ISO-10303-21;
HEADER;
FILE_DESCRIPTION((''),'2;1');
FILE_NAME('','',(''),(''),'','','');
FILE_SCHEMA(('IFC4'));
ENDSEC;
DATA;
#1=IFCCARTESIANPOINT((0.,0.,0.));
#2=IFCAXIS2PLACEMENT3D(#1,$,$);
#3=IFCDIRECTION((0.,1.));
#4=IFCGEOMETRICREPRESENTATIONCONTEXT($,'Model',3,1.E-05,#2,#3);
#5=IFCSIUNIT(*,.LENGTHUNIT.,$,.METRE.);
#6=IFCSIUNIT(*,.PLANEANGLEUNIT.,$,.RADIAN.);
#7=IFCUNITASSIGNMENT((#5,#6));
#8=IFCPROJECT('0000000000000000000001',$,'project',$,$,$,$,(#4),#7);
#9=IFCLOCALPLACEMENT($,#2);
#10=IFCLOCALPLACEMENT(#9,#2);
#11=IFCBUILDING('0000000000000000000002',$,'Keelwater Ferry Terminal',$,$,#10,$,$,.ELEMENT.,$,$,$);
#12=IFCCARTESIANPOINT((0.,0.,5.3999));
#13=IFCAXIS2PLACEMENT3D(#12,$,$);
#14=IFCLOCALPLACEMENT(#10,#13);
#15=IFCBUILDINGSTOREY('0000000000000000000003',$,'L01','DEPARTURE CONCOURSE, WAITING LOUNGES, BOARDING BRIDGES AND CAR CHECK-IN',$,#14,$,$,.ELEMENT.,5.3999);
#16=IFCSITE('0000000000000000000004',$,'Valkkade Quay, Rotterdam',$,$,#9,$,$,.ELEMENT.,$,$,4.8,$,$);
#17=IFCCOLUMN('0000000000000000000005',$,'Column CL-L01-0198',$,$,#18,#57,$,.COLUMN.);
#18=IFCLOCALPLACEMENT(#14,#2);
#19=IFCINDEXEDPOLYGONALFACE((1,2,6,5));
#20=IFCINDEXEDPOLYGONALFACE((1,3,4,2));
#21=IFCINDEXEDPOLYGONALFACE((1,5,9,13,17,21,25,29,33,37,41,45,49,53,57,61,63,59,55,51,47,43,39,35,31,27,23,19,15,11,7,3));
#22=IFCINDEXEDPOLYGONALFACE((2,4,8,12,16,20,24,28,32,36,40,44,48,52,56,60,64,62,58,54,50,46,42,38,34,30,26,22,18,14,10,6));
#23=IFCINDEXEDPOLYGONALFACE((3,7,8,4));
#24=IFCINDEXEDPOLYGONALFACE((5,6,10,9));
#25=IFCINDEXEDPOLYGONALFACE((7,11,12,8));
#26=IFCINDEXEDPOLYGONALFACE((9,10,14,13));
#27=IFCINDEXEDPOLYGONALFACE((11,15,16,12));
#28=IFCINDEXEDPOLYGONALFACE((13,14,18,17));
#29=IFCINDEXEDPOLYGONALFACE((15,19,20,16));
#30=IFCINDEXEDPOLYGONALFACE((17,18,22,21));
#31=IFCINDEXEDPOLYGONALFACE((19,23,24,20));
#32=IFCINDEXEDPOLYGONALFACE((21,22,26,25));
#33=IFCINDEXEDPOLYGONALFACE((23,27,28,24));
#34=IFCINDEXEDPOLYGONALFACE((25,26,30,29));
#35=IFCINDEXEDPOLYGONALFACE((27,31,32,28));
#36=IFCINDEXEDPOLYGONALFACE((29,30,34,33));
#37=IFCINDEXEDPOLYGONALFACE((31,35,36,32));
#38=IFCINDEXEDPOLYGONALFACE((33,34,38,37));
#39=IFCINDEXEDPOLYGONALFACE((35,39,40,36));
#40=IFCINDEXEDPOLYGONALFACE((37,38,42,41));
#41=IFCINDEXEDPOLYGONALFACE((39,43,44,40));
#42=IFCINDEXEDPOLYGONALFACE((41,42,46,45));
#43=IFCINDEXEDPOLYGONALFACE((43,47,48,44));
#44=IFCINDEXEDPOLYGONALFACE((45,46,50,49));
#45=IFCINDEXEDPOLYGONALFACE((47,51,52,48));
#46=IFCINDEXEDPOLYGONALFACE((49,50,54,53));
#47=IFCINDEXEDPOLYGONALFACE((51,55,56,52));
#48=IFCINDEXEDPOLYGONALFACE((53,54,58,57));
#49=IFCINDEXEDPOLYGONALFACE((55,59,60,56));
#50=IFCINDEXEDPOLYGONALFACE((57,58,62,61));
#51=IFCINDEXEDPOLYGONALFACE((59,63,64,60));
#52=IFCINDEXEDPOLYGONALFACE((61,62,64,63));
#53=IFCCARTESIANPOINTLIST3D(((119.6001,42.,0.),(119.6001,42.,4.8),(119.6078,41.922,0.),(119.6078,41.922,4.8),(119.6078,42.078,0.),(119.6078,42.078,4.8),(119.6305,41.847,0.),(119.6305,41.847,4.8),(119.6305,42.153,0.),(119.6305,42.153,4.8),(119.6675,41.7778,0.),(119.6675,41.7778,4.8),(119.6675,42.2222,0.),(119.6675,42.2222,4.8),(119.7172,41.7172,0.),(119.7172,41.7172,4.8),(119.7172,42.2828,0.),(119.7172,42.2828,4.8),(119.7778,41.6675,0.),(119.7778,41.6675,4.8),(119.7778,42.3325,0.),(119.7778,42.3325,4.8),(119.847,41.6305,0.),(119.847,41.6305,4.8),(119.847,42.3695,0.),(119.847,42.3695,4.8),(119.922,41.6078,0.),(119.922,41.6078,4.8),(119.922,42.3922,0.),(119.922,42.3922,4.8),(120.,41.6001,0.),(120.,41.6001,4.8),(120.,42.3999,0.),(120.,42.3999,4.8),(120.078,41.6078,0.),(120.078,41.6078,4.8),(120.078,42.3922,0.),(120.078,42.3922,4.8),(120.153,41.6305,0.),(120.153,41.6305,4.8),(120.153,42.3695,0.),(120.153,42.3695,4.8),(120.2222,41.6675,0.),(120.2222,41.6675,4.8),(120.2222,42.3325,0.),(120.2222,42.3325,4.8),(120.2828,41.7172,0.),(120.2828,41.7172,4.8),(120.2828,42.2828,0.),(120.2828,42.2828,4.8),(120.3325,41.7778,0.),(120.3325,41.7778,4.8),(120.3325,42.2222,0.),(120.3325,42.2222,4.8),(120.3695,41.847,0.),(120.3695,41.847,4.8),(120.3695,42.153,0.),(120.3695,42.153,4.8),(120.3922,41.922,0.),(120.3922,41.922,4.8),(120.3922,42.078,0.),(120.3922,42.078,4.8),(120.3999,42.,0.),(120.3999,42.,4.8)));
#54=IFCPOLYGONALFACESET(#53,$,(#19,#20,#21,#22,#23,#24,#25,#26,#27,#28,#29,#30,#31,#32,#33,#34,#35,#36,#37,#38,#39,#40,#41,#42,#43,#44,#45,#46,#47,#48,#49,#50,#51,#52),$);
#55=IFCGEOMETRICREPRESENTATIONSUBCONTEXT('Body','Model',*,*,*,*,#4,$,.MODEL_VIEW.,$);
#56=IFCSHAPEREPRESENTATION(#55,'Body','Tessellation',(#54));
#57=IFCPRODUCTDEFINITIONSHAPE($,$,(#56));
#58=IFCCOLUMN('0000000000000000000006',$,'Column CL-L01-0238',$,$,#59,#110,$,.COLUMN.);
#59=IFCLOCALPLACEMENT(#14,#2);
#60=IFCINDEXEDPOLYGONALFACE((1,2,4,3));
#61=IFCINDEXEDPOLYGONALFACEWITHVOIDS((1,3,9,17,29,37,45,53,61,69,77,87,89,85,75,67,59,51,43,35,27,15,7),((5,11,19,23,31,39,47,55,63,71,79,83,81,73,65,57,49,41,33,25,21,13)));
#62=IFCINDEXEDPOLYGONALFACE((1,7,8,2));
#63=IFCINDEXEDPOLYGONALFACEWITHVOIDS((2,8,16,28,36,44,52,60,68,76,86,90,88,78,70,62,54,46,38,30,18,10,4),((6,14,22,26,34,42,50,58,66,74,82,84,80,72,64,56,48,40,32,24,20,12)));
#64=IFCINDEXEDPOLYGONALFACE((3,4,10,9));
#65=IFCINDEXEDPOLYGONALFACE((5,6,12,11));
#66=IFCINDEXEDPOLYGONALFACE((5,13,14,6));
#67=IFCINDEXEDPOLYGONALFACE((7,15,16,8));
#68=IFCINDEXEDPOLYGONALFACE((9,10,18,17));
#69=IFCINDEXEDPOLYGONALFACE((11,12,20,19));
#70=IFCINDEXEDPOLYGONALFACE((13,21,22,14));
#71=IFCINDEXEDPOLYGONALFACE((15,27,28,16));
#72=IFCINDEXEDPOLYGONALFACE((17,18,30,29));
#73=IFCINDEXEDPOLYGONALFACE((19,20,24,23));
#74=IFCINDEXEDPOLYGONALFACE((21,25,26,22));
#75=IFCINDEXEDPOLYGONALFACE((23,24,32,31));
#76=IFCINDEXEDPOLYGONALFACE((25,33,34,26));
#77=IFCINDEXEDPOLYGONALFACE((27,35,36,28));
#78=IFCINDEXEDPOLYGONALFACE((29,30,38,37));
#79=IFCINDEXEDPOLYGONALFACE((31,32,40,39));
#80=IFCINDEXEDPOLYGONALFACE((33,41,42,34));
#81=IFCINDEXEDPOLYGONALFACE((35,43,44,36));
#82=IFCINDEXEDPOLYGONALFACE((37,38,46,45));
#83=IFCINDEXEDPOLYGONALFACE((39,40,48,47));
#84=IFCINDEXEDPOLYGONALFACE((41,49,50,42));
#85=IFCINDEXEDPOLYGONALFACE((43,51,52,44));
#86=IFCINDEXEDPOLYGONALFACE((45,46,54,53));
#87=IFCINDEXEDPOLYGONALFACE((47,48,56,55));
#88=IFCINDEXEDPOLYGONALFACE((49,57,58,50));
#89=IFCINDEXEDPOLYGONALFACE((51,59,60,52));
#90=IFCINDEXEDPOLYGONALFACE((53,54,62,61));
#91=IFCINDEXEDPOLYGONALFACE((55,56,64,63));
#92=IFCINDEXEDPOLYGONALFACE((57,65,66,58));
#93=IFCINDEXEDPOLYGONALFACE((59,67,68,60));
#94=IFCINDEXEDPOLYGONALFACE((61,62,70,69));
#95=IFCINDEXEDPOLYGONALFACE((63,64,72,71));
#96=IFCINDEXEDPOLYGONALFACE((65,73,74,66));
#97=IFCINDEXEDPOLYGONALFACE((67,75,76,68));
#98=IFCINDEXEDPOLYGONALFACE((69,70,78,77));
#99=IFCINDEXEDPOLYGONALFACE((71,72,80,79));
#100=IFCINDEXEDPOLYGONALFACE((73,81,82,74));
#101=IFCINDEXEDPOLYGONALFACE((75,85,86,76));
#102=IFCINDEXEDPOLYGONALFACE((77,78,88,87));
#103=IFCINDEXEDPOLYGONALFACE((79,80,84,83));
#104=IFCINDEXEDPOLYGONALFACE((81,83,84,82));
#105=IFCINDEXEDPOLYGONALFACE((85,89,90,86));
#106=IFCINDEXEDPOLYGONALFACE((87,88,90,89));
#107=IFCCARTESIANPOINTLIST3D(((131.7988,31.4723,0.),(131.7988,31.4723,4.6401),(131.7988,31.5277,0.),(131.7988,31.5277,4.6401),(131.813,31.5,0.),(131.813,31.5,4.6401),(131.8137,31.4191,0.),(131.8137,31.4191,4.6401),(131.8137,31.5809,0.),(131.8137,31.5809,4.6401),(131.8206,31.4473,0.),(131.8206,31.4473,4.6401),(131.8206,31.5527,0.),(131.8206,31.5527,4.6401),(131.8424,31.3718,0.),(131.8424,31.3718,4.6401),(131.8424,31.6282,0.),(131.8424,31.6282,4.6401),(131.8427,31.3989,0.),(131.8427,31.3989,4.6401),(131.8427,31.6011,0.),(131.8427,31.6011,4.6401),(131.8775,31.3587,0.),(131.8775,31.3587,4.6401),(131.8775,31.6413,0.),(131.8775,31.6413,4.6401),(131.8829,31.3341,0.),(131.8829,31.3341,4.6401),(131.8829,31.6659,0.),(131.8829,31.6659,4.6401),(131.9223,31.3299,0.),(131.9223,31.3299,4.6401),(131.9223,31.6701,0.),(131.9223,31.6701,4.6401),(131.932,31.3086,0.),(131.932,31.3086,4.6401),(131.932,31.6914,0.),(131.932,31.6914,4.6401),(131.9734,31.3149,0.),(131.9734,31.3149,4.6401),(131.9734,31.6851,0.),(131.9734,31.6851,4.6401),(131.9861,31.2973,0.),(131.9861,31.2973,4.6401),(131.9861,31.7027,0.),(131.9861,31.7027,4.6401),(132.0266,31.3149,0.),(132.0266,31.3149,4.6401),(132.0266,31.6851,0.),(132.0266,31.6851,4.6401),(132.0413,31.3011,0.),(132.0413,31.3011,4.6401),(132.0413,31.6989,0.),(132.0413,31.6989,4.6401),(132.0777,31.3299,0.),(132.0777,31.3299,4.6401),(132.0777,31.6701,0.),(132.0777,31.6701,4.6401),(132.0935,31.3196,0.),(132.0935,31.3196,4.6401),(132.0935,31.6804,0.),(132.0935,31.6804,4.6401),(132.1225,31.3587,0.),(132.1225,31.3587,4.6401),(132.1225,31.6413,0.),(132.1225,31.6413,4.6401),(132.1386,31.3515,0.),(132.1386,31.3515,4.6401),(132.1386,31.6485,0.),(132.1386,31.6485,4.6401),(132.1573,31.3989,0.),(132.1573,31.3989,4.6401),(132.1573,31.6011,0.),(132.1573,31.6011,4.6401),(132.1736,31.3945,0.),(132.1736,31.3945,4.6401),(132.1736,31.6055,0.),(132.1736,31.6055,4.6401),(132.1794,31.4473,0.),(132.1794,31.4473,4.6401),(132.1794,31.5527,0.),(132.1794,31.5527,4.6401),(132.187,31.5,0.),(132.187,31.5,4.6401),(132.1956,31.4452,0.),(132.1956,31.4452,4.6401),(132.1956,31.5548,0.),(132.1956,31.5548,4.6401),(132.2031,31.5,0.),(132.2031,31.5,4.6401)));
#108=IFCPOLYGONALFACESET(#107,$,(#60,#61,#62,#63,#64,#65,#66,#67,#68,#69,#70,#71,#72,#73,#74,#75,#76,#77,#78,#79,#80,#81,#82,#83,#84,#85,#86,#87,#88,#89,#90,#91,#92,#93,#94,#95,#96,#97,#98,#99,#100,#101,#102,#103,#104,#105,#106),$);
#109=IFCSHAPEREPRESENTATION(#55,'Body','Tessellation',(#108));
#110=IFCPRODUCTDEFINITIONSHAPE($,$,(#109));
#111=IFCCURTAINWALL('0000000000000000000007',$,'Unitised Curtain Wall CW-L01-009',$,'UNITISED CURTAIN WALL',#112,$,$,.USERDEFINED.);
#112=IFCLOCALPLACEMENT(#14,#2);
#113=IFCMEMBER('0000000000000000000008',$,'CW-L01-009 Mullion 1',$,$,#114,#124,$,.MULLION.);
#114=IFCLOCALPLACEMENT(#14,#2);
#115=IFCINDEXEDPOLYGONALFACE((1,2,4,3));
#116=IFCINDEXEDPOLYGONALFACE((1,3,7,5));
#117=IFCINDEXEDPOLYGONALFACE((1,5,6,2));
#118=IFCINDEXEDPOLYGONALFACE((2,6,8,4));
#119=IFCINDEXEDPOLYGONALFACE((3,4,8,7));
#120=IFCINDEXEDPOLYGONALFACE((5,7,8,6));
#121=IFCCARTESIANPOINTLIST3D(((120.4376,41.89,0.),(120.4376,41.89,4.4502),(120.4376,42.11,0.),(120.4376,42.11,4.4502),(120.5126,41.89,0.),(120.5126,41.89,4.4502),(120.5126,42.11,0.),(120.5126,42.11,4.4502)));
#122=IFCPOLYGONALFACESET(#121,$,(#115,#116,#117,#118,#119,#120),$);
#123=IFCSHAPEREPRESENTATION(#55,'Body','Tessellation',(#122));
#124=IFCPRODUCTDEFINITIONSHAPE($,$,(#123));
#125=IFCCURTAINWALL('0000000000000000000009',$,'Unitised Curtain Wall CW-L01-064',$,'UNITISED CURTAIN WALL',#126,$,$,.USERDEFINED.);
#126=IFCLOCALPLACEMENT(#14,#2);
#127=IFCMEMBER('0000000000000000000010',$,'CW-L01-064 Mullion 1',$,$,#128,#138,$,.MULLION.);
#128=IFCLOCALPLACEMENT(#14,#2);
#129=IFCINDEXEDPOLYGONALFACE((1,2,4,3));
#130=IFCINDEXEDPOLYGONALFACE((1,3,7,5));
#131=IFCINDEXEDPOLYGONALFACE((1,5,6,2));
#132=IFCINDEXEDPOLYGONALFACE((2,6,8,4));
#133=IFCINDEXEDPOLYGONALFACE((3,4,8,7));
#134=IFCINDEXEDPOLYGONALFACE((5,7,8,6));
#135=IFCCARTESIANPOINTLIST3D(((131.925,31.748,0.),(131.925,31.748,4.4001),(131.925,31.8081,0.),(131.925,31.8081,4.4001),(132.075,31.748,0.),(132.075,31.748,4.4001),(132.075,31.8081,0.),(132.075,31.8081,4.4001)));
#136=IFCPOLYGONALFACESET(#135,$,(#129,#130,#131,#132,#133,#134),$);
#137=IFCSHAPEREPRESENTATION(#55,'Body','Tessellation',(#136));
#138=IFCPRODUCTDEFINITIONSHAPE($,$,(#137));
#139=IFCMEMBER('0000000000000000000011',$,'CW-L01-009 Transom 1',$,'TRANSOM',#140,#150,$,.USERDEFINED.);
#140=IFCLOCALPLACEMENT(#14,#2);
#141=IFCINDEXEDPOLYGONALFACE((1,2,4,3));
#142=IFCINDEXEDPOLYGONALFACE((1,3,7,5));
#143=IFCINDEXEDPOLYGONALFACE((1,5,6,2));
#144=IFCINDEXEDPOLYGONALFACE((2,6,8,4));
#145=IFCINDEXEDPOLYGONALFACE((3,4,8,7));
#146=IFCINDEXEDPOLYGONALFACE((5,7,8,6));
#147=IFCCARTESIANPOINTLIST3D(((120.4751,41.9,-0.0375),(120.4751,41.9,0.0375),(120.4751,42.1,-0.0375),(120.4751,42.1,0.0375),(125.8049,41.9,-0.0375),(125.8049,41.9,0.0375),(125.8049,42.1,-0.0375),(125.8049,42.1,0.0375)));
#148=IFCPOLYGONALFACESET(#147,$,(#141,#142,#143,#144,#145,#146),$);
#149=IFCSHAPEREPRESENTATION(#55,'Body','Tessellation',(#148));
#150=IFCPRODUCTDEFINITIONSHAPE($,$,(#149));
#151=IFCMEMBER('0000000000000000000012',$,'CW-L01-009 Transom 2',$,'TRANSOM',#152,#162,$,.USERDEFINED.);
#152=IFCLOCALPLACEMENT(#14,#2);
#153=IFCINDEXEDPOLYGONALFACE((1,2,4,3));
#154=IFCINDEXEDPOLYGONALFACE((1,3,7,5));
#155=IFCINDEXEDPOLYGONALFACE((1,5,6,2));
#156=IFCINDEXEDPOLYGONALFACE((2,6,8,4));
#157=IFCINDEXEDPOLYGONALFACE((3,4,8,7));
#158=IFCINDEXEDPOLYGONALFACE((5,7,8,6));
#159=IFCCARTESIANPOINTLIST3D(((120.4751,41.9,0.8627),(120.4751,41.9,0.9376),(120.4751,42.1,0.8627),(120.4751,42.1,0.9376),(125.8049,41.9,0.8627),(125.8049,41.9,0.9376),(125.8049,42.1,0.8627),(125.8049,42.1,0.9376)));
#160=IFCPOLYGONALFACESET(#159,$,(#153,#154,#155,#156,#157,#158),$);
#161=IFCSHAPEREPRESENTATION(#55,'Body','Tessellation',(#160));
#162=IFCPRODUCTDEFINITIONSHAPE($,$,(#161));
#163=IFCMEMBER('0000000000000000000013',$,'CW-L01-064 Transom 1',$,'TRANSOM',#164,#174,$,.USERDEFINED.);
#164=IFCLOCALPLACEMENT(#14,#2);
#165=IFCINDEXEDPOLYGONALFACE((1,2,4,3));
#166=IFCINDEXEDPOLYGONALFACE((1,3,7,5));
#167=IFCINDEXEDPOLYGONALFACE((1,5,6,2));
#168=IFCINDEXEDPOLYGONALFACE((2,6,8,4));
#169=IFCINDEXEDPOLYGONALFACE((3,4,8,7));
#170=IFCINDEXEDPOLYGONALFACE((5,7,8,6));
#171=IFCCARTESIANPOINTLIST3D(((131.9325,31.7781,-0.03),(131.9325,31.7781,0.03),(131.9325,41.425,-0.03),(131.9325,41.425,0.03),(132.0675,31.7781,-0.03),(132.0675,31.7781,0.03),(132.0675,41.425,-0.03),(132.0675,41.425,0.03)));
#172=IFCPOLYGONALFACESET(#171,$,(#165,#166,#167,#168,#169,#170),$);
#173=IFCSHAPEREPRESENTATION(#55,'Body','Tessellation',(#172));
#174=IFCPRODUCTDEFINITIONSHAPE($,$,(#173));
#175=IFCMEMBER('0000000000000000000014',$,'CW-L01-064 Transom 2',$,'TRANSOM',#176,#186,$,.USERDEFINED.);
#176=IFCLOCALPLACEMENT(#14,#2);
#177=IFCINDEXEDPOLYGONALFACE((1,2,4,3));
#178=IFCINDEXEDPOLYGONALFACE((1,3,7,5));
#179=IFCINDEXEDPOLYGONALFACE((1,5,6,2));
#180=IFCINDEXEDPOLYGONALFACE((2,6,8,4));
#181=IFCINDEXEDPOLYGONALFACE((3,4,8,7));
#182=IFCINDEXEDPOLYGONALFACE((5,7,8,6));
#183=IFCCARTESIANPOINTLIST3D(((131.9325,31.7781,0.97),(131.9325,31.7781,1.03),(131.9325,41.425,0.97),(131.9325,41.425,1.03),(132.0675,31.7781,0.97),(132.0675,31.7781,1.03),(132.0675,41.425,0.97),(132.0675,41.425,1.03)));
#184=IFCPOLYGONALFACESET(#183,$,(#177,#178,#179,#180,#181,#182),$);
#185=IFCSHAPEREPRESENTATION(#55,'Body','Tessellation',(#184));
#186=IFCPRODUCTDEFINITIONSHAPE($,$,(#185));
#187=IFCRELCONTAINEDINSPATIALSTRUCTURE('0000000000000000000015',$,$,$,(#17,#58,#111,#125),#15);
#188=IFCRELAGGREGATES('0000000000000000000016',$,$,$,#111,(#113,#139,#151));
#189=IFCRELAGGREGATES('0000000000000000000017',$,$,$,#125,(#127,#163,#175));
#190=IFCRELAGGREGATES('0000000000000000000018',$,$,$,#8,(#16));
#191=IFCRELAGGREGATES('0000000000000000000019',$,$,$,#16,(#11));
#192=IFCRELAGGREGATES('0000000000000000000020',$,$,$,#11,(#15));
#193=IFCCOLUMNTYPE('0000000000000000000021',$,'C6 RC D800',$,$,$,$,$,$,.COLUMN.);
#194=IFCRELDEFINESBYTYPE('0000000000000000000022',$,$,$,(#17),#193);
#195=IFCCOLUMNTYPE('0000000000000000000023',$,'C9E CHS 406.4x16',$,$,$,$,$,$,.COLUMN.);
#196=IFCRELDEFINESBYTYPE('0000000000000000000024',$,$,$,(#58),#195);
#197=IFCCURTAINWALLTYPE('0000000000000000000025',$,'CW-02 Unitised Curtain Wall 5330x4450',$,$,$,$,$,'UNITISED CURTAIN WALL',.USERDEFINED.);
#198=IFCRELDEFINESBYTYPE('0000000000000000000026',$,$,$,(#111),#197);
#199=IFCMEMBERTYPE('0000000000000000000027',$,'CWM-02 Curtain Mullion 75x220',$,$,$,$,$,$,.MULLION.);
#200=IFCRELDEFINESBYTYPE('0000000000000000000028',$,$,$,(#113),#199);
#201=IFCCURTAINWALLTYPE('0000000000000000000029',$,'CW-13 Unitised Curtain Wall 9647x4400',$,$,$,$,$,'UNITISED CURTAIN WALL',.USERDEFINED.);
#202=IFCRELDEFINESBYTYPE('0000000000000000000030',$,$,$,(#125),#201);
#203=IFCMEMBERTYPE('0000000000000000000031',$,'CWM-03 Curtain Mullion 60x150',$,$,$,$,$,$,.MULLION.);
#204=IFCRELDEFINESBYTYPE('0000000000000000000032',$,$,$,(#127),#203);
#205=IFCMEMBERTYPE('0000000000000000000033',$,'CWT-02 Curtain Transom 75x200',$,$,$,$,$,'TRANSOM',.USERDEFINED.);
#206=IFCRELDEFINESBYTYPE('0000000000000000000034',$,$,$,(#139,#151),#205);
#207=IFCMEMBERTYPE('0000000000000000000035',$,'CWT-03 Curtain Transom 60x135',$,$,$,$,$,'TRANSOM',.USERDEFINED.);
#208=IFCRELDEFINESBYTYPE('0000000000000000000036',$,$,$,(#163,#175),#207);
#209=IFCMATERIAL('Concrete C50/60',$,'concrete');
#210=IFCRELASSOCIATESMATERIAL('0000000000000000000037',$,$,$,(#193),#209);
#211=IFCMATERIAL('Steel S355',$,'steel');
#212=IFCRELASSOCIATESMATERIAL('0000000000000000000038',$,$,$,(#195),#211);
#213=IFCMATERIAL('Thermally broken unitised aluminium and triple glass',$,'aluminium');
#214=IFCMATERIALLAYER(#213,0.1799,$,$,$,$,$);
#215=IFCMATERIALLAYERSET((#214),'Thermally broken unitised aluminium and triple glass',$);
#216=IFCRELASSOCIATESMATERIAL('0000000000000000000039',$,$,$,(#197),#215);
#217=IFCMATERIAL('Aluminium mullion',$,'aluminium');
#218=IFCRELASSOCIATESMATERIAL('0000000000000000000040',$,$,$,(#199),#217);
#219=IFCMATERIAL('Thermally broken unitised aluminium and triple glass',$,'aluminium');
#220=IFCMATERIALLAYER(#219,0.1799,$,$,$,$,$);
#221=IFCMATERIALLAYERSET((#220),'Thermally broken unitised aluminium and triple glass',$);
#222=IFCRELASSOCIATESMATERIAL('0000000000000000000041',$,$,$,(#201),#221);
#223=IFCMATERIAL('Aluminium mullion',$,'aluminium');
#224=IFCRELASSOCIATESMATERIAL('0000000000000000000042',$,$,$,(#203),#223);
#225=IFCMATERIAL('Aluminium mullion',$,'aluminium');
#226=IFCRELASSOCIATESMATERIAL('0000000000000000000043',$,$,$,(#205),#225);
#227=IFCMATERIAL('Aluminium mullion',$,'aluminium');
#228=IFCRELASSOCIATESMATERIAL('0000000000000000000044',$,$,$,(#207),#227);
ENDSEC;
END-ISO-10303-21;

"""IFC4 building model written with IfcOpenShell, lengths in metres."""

from ifc_helpers import new_model, si_unit, direction, frame, origin, origin_2d, place, context, subcontext, project, spatial, rectangle, circle, hollow_circle, extrude, material, layer, layer_set, material_profile, profile_set, type_object, element, aggregate, save


model = new_model("IFC4")

# Units and contexts
model_context = context("Model", 3, precision=1e-05, world=origin(), true_north=direction((0.0, 1.0)))
body_context = subcontext(model_context, "Body", "Model", "MODEL_VIEW")
ifc_project = project(units=[si_unit("LENGTHUNIT", "METRE"), si_unit("PLANEANGLEUNIT", "RADIAN")], contexts=[model_context])

# Site, building, storey
site_placement = place(None, origin())
site = spatial("IfcSite", under=ifc_project, at=site_placement, Name="Valkkade Quay, Rotterdam", CompositionType="ELEMENT", RefElevation=4.8)
building_placement = place(site_placement, origin())
building = spatial("IfcBuilding", under=site, at=building_placement, Name="Keelwater Ferry Terminal", CompositionType="ELEMENT")
storey_placement = place(building_placement, frame((0.0, 0.0, 5.3999)))
storey = spatial("IfcBuildingStorey", under=building, at=storey_placement, Name="L01", Description="DEPARTURE CONCOURSE, WAITING LOUNGES, BOARDING BRIDGES AND CAR CHECK-IN", CompositionType="ELEMENT", Elevation=5.3999)

# Columns
ifc_material_1 = material(Name="Concrete C50/60", Category="concrete")
ifc_material_profile_1 = material_profile(ifc_material_1, circle(Radius=0.3999, at=origin_2d()), Name="RC D800")
ifc_profile_set_1 = profile_set([ifc_material_profile_1], Name="Concrete C50/60")
column_type_1 = type_object("IfcColumnType", Name="C6 RC D800", PredefinedType="COLUMN", material=ifc_profile_set_1)
column_1_placement = place(storey_placement, frame((120.0, 42.0, 0.0), z_axis=(0.0, 0.0, 1.0), x_axis=(1.0, 0.0, 0.0)))
element("IfcColumn", 1, at=column_1_placement, inside=storey, type_object=column_type_1, Name="Column CL-L01-0198", PredefinedType="COLUMN", context=body_context, shape_type="SweptSolid", body=[
    extrude(circle(Radius=0.3999, at=origin_2d()), origin(), (0.0, 0.0, 1.0), 4.8),
])
ifc_material_2 = material(Name="Steel S355", Category="steel")
ifc_material_profile_2 = material_profile(ifc_material_2, hollow_circle(Radius=0.2031, WallThickness=0.0161, at=origin_2d()), Name="CHS 406.4x16")
ifc_profile_set_2 = profile_set([ifc_material_profile_2], Name="Steel S355")
column_type_2 = type_object("IfcColumnType", Name="C9E CHS 406.4x16", PredefinedType="COLUMN", material=ifc_profile_set_2)
column_2_placement = place(storey_placement, frame((132.0, 31.5, 0.0), z_axis=(0.0, 0.0, 1.0), x_axis=(1.0, 0.0, 0.0)))
element("IfcColumn", 2, at=column_2_placement, inside=storey, type_object=column_type_2, Name="Column CL-L01-0238", PredefinedType="COLUMN", context=body_context, shape_type="SweptSolid", body=[
    extrude(hollow_circle(Radius=0.2031, WallThickness=0.0161, at=origin_2d()), origin(), (0.0, 0.0, 1.0), 4.6401),
])

# Curtain walls, members
ifc_material_3 = material(Name="Thermally broken unitised aluminium and triple glass", Category="aluminium")
ifc_layer_1 = layer(ifc_material_3, 0.1799)
ifc_layer_set_1 = layer_set([ifc_layer_1], Name="Thermally broken unitised aluminium and triple glass")
curtain_wall_type_1 = type_object("IfcCurtainWallType", Name="CW-02 Unitised Curtain Wall 5330x4450", ElementType="UNITISED CURTAIN WALL", PredefinedType="USERDEFINED", material=ifc_layer_set_1)
curtain_wall_1_placement = place(storey_placement, origin())
curtain_wall_1 = element("IfcCurtainWall", 3, at=curtain_wall_1_placement, inside=storey, type_object=curtain_wall_type_1, Name="Unitised Curtain Wall CW-L01-009", ObjectType="UNITISED CURTAIN WALL", PredefinedType="USERDEFINED")
ifc_material_4 = material(Name="Aluminium mullion", Category="aluminium")
ifc_material_profile_3 = material_profile(ifc_material_4, rectangle(XDim=0.075, YDim=0.22, at=origin_2d()), Name="CWM-02")
ifc_profile_set_3 = profile_set([ifc_material_profile_3], Name="Aluminium mullion")
member_type_1 = type_object("IfcMemberType", Name="CWM-02 Curtain Mullion 75x220", PredefinedType="MULLION", material=ifc_profile_set_3)
member_1_placement = place(storey_placement, frame((120.4751, 42.0, 0.0), z_axis=(0.0, 0.0, 1.0), x_axis=(1.0, 0.0, 0.0)))
member_1 = element("IfcMember", 4, at=member_1_placement, type_object=member_type_1, Name="CW-L01-009 Mullion 1", PredefinedType="MULLION", context=body_context, shape_type="SweptSolid", body=[
    extrude(rectangle(XDim=0.075, YDim=0.22, at=origin_2d()), origin(), (0.0, 0.0, 1.0), 4.4502),
])
ifc_material_5 = material(Name="Thermally broken unitised aluminium and triple glass", Category="aluminium")
ifc_layer_2 = layer(ifc_material_5, 0.1799)
ifc_layer_set_2 = layer_set([ifc_layer_2], Name="Thermally broken unitised aluminium and triple glass")
curtain_wall_type_2 = type_object("IfcCurtainWallType", Name="CW-13 Unitised Curtain Wall 9647x4400", ElementType="UNITISED CURTAIN WALL", PredefinedType="USERDEFINED", material=ifc_layer_set_2)
curtain_wall_2_placement = place(storey_placement, origin())
curtain_wall_2 = element("IfcCurtainWall", 5, at=curtain_wall_2_placement, inside=storey, type_object=curtain_wall_type_2, Name="Unitised Curtain Wall CW-L01-064", ObjectType="UNITISED CURTAIN WALL", PredefinedType="USERDEFINED")
ifc_material_6 = material(Name="Aluminium mullion", Category="aluminium")
ifc_material_profile_4 = material_profile(ifc_material_6, rectangle(XDim=0.0601, YDim=0.1499, at=origin_2d()), Name="CWM-03")
ifc_profile_set_4 = profile_set([ifc_material_profile_4], Name="Aluminium mullion")
member_type_2 = type_object("IfcMemberType", Name="CWM-03 Curtain Mullion 60x150", PredefinedType="MULLION", material=ifc_profile_set_4)
member_2_placement = place(storey_placement, frame((132.0, 31.7781, 0.0), z_axis=(0.0, 0.0, 1.0), x_axis=(0.0, 1.0, 0.0)))
member_2 = element("IfcMember", 6, at=member_2_placement, type_object=member_type_2, Name="CW-L01-064 Mullion 1", PredefinedType="MULLION", context=body_context, shape_type="SweptSolid", body=[
    extrude(rectangle(XDim=0.0601, YDim=0.1499, at=origin_2d()), origin(), (0.0, 0.0, 1.0), 4.4001),
])

# Members
ifc_material_7 = material(Name="Aluminium mullion", Category="aluminium")
ifc_material_profile_5 = material_profile(ifc_material_7, rectangle(XDim=0.2, YDim=0.075, at=origin_2d()), Name="CWT-02")
ifc_profile_set_5 = profile_set([ifc_material_profile_5], Name="Aluminium mullion")
member_type_3 = type_object("IfcMemberType", Name="CWT-02 Curtain Transom 75x200", ElementType="TRANSOM", PredefinedType="USERDEFINED", material=ifc_profile_set_5)
member_3_placement = place(storey_placement, frame((120.4751, 42.0, 0.0), z_axis=(1.0, 0.0, 0.0), x_axis=(0.0, 1.0, 0.0)))
member_3 = element("IfcMember", 7, at=member_3_placement, type_object=member_type_3, Name="CW-L01-009 Transom 1", ObjectType="TRANSOM", PredefinedType="USERDEFINED", context=body_context, shape_type="SweptSolid", body=[
    extrude(rectangle(XDim=0.2, YDim=0.075, at=origin_2d()), origin(), (0.0, 0.0, 1.0), 5.3298),
])
member_4_placement = place(storey_placement, frame((120.4751, 42.0, 0.9001), z_axis=(1.0, 0.0, 0.0), x_axis=(0.0, 1.0, 0.0)))
member_4 = element("IfcMember", 8, at=member_4_placement, type_object=member_type_3, Name="CW-L01-009 Transom 2", ObjectType="TRANSOM", PredefinedType="USERDEFINED", context=body_context, shape_type="SweptSolid", body=[
    extrude(rectangle(XDim=0.2, YDim=0.075, at=origin_2d()), origin(), (0.0, 0.0, 1.0), 5.3298),
])
aggregate(curtain_wall_1, [member_1, member_3, member_4])
ifc_material_8 = material(Name="Aluminium mullion", Category="aluminium")
ifc_material_profile_6 = material_profile(ifc_material_8, rectangle(XDim=0.135, YDim=0.0601, at=origin_2d()), Name="CWT-03")
ifc_profile_set_6 = profile_set([ifc_material_profile_6], Name="Aluminium mullion")
member_type_4 = type_object("IfcMemberType", Name="CWT-03 Curtain Transom 60x135", ElementType="TRANSOM", PredefinedType="USERDEFINED", material=ifc_profile_set_6)
member_5_placement = place(storey_placement, frame((132.0, 31.7781, 0.0), z_axis=(0.0, 1.0, 0.0), x_axis=(-1.0, 0.0, 0.0)))
member_5 = element("IfcMember", 9, at=member_5_placement, type_object=member_type_4, Name="CW-L01-064 Transom 1", ObjectType="TRANSOM", PredefinedType="USERDEFINED", context=body_context, shape_type="SweptSolid", body=[
    extrude(rectangle(XDim=0.135, YDim=0.0601, at=origin_2d()), origin(), (0.0, 0.0, 1.0), 9.647),
])
member_6_placement = place(storey_placement, frame((132.0, 31.7781, 1.0), z_axis=(0.0, 1.0, 0.0), x_axis=(-1.0, 0.0, 0.0)))
member_6 = element("IfcMember", 10, at=member_6_placement, type_object=member_type_4, Name="CW-L01-064 Transom 2", ObjectType="TRANSOM", PredefinedType="USERDEFINED", context=body_context, shape_type="SweptSolid", body=[
    extrude(rectangle(XDim=0.135, YDim=0.0601, at=origin_2d()), origin(), (0.0, 0.0, 1.0), 9.647),
])

aggregate(curtain_wall_2, [member_2, member_5, member_6])

save(model, "model.ifc")
